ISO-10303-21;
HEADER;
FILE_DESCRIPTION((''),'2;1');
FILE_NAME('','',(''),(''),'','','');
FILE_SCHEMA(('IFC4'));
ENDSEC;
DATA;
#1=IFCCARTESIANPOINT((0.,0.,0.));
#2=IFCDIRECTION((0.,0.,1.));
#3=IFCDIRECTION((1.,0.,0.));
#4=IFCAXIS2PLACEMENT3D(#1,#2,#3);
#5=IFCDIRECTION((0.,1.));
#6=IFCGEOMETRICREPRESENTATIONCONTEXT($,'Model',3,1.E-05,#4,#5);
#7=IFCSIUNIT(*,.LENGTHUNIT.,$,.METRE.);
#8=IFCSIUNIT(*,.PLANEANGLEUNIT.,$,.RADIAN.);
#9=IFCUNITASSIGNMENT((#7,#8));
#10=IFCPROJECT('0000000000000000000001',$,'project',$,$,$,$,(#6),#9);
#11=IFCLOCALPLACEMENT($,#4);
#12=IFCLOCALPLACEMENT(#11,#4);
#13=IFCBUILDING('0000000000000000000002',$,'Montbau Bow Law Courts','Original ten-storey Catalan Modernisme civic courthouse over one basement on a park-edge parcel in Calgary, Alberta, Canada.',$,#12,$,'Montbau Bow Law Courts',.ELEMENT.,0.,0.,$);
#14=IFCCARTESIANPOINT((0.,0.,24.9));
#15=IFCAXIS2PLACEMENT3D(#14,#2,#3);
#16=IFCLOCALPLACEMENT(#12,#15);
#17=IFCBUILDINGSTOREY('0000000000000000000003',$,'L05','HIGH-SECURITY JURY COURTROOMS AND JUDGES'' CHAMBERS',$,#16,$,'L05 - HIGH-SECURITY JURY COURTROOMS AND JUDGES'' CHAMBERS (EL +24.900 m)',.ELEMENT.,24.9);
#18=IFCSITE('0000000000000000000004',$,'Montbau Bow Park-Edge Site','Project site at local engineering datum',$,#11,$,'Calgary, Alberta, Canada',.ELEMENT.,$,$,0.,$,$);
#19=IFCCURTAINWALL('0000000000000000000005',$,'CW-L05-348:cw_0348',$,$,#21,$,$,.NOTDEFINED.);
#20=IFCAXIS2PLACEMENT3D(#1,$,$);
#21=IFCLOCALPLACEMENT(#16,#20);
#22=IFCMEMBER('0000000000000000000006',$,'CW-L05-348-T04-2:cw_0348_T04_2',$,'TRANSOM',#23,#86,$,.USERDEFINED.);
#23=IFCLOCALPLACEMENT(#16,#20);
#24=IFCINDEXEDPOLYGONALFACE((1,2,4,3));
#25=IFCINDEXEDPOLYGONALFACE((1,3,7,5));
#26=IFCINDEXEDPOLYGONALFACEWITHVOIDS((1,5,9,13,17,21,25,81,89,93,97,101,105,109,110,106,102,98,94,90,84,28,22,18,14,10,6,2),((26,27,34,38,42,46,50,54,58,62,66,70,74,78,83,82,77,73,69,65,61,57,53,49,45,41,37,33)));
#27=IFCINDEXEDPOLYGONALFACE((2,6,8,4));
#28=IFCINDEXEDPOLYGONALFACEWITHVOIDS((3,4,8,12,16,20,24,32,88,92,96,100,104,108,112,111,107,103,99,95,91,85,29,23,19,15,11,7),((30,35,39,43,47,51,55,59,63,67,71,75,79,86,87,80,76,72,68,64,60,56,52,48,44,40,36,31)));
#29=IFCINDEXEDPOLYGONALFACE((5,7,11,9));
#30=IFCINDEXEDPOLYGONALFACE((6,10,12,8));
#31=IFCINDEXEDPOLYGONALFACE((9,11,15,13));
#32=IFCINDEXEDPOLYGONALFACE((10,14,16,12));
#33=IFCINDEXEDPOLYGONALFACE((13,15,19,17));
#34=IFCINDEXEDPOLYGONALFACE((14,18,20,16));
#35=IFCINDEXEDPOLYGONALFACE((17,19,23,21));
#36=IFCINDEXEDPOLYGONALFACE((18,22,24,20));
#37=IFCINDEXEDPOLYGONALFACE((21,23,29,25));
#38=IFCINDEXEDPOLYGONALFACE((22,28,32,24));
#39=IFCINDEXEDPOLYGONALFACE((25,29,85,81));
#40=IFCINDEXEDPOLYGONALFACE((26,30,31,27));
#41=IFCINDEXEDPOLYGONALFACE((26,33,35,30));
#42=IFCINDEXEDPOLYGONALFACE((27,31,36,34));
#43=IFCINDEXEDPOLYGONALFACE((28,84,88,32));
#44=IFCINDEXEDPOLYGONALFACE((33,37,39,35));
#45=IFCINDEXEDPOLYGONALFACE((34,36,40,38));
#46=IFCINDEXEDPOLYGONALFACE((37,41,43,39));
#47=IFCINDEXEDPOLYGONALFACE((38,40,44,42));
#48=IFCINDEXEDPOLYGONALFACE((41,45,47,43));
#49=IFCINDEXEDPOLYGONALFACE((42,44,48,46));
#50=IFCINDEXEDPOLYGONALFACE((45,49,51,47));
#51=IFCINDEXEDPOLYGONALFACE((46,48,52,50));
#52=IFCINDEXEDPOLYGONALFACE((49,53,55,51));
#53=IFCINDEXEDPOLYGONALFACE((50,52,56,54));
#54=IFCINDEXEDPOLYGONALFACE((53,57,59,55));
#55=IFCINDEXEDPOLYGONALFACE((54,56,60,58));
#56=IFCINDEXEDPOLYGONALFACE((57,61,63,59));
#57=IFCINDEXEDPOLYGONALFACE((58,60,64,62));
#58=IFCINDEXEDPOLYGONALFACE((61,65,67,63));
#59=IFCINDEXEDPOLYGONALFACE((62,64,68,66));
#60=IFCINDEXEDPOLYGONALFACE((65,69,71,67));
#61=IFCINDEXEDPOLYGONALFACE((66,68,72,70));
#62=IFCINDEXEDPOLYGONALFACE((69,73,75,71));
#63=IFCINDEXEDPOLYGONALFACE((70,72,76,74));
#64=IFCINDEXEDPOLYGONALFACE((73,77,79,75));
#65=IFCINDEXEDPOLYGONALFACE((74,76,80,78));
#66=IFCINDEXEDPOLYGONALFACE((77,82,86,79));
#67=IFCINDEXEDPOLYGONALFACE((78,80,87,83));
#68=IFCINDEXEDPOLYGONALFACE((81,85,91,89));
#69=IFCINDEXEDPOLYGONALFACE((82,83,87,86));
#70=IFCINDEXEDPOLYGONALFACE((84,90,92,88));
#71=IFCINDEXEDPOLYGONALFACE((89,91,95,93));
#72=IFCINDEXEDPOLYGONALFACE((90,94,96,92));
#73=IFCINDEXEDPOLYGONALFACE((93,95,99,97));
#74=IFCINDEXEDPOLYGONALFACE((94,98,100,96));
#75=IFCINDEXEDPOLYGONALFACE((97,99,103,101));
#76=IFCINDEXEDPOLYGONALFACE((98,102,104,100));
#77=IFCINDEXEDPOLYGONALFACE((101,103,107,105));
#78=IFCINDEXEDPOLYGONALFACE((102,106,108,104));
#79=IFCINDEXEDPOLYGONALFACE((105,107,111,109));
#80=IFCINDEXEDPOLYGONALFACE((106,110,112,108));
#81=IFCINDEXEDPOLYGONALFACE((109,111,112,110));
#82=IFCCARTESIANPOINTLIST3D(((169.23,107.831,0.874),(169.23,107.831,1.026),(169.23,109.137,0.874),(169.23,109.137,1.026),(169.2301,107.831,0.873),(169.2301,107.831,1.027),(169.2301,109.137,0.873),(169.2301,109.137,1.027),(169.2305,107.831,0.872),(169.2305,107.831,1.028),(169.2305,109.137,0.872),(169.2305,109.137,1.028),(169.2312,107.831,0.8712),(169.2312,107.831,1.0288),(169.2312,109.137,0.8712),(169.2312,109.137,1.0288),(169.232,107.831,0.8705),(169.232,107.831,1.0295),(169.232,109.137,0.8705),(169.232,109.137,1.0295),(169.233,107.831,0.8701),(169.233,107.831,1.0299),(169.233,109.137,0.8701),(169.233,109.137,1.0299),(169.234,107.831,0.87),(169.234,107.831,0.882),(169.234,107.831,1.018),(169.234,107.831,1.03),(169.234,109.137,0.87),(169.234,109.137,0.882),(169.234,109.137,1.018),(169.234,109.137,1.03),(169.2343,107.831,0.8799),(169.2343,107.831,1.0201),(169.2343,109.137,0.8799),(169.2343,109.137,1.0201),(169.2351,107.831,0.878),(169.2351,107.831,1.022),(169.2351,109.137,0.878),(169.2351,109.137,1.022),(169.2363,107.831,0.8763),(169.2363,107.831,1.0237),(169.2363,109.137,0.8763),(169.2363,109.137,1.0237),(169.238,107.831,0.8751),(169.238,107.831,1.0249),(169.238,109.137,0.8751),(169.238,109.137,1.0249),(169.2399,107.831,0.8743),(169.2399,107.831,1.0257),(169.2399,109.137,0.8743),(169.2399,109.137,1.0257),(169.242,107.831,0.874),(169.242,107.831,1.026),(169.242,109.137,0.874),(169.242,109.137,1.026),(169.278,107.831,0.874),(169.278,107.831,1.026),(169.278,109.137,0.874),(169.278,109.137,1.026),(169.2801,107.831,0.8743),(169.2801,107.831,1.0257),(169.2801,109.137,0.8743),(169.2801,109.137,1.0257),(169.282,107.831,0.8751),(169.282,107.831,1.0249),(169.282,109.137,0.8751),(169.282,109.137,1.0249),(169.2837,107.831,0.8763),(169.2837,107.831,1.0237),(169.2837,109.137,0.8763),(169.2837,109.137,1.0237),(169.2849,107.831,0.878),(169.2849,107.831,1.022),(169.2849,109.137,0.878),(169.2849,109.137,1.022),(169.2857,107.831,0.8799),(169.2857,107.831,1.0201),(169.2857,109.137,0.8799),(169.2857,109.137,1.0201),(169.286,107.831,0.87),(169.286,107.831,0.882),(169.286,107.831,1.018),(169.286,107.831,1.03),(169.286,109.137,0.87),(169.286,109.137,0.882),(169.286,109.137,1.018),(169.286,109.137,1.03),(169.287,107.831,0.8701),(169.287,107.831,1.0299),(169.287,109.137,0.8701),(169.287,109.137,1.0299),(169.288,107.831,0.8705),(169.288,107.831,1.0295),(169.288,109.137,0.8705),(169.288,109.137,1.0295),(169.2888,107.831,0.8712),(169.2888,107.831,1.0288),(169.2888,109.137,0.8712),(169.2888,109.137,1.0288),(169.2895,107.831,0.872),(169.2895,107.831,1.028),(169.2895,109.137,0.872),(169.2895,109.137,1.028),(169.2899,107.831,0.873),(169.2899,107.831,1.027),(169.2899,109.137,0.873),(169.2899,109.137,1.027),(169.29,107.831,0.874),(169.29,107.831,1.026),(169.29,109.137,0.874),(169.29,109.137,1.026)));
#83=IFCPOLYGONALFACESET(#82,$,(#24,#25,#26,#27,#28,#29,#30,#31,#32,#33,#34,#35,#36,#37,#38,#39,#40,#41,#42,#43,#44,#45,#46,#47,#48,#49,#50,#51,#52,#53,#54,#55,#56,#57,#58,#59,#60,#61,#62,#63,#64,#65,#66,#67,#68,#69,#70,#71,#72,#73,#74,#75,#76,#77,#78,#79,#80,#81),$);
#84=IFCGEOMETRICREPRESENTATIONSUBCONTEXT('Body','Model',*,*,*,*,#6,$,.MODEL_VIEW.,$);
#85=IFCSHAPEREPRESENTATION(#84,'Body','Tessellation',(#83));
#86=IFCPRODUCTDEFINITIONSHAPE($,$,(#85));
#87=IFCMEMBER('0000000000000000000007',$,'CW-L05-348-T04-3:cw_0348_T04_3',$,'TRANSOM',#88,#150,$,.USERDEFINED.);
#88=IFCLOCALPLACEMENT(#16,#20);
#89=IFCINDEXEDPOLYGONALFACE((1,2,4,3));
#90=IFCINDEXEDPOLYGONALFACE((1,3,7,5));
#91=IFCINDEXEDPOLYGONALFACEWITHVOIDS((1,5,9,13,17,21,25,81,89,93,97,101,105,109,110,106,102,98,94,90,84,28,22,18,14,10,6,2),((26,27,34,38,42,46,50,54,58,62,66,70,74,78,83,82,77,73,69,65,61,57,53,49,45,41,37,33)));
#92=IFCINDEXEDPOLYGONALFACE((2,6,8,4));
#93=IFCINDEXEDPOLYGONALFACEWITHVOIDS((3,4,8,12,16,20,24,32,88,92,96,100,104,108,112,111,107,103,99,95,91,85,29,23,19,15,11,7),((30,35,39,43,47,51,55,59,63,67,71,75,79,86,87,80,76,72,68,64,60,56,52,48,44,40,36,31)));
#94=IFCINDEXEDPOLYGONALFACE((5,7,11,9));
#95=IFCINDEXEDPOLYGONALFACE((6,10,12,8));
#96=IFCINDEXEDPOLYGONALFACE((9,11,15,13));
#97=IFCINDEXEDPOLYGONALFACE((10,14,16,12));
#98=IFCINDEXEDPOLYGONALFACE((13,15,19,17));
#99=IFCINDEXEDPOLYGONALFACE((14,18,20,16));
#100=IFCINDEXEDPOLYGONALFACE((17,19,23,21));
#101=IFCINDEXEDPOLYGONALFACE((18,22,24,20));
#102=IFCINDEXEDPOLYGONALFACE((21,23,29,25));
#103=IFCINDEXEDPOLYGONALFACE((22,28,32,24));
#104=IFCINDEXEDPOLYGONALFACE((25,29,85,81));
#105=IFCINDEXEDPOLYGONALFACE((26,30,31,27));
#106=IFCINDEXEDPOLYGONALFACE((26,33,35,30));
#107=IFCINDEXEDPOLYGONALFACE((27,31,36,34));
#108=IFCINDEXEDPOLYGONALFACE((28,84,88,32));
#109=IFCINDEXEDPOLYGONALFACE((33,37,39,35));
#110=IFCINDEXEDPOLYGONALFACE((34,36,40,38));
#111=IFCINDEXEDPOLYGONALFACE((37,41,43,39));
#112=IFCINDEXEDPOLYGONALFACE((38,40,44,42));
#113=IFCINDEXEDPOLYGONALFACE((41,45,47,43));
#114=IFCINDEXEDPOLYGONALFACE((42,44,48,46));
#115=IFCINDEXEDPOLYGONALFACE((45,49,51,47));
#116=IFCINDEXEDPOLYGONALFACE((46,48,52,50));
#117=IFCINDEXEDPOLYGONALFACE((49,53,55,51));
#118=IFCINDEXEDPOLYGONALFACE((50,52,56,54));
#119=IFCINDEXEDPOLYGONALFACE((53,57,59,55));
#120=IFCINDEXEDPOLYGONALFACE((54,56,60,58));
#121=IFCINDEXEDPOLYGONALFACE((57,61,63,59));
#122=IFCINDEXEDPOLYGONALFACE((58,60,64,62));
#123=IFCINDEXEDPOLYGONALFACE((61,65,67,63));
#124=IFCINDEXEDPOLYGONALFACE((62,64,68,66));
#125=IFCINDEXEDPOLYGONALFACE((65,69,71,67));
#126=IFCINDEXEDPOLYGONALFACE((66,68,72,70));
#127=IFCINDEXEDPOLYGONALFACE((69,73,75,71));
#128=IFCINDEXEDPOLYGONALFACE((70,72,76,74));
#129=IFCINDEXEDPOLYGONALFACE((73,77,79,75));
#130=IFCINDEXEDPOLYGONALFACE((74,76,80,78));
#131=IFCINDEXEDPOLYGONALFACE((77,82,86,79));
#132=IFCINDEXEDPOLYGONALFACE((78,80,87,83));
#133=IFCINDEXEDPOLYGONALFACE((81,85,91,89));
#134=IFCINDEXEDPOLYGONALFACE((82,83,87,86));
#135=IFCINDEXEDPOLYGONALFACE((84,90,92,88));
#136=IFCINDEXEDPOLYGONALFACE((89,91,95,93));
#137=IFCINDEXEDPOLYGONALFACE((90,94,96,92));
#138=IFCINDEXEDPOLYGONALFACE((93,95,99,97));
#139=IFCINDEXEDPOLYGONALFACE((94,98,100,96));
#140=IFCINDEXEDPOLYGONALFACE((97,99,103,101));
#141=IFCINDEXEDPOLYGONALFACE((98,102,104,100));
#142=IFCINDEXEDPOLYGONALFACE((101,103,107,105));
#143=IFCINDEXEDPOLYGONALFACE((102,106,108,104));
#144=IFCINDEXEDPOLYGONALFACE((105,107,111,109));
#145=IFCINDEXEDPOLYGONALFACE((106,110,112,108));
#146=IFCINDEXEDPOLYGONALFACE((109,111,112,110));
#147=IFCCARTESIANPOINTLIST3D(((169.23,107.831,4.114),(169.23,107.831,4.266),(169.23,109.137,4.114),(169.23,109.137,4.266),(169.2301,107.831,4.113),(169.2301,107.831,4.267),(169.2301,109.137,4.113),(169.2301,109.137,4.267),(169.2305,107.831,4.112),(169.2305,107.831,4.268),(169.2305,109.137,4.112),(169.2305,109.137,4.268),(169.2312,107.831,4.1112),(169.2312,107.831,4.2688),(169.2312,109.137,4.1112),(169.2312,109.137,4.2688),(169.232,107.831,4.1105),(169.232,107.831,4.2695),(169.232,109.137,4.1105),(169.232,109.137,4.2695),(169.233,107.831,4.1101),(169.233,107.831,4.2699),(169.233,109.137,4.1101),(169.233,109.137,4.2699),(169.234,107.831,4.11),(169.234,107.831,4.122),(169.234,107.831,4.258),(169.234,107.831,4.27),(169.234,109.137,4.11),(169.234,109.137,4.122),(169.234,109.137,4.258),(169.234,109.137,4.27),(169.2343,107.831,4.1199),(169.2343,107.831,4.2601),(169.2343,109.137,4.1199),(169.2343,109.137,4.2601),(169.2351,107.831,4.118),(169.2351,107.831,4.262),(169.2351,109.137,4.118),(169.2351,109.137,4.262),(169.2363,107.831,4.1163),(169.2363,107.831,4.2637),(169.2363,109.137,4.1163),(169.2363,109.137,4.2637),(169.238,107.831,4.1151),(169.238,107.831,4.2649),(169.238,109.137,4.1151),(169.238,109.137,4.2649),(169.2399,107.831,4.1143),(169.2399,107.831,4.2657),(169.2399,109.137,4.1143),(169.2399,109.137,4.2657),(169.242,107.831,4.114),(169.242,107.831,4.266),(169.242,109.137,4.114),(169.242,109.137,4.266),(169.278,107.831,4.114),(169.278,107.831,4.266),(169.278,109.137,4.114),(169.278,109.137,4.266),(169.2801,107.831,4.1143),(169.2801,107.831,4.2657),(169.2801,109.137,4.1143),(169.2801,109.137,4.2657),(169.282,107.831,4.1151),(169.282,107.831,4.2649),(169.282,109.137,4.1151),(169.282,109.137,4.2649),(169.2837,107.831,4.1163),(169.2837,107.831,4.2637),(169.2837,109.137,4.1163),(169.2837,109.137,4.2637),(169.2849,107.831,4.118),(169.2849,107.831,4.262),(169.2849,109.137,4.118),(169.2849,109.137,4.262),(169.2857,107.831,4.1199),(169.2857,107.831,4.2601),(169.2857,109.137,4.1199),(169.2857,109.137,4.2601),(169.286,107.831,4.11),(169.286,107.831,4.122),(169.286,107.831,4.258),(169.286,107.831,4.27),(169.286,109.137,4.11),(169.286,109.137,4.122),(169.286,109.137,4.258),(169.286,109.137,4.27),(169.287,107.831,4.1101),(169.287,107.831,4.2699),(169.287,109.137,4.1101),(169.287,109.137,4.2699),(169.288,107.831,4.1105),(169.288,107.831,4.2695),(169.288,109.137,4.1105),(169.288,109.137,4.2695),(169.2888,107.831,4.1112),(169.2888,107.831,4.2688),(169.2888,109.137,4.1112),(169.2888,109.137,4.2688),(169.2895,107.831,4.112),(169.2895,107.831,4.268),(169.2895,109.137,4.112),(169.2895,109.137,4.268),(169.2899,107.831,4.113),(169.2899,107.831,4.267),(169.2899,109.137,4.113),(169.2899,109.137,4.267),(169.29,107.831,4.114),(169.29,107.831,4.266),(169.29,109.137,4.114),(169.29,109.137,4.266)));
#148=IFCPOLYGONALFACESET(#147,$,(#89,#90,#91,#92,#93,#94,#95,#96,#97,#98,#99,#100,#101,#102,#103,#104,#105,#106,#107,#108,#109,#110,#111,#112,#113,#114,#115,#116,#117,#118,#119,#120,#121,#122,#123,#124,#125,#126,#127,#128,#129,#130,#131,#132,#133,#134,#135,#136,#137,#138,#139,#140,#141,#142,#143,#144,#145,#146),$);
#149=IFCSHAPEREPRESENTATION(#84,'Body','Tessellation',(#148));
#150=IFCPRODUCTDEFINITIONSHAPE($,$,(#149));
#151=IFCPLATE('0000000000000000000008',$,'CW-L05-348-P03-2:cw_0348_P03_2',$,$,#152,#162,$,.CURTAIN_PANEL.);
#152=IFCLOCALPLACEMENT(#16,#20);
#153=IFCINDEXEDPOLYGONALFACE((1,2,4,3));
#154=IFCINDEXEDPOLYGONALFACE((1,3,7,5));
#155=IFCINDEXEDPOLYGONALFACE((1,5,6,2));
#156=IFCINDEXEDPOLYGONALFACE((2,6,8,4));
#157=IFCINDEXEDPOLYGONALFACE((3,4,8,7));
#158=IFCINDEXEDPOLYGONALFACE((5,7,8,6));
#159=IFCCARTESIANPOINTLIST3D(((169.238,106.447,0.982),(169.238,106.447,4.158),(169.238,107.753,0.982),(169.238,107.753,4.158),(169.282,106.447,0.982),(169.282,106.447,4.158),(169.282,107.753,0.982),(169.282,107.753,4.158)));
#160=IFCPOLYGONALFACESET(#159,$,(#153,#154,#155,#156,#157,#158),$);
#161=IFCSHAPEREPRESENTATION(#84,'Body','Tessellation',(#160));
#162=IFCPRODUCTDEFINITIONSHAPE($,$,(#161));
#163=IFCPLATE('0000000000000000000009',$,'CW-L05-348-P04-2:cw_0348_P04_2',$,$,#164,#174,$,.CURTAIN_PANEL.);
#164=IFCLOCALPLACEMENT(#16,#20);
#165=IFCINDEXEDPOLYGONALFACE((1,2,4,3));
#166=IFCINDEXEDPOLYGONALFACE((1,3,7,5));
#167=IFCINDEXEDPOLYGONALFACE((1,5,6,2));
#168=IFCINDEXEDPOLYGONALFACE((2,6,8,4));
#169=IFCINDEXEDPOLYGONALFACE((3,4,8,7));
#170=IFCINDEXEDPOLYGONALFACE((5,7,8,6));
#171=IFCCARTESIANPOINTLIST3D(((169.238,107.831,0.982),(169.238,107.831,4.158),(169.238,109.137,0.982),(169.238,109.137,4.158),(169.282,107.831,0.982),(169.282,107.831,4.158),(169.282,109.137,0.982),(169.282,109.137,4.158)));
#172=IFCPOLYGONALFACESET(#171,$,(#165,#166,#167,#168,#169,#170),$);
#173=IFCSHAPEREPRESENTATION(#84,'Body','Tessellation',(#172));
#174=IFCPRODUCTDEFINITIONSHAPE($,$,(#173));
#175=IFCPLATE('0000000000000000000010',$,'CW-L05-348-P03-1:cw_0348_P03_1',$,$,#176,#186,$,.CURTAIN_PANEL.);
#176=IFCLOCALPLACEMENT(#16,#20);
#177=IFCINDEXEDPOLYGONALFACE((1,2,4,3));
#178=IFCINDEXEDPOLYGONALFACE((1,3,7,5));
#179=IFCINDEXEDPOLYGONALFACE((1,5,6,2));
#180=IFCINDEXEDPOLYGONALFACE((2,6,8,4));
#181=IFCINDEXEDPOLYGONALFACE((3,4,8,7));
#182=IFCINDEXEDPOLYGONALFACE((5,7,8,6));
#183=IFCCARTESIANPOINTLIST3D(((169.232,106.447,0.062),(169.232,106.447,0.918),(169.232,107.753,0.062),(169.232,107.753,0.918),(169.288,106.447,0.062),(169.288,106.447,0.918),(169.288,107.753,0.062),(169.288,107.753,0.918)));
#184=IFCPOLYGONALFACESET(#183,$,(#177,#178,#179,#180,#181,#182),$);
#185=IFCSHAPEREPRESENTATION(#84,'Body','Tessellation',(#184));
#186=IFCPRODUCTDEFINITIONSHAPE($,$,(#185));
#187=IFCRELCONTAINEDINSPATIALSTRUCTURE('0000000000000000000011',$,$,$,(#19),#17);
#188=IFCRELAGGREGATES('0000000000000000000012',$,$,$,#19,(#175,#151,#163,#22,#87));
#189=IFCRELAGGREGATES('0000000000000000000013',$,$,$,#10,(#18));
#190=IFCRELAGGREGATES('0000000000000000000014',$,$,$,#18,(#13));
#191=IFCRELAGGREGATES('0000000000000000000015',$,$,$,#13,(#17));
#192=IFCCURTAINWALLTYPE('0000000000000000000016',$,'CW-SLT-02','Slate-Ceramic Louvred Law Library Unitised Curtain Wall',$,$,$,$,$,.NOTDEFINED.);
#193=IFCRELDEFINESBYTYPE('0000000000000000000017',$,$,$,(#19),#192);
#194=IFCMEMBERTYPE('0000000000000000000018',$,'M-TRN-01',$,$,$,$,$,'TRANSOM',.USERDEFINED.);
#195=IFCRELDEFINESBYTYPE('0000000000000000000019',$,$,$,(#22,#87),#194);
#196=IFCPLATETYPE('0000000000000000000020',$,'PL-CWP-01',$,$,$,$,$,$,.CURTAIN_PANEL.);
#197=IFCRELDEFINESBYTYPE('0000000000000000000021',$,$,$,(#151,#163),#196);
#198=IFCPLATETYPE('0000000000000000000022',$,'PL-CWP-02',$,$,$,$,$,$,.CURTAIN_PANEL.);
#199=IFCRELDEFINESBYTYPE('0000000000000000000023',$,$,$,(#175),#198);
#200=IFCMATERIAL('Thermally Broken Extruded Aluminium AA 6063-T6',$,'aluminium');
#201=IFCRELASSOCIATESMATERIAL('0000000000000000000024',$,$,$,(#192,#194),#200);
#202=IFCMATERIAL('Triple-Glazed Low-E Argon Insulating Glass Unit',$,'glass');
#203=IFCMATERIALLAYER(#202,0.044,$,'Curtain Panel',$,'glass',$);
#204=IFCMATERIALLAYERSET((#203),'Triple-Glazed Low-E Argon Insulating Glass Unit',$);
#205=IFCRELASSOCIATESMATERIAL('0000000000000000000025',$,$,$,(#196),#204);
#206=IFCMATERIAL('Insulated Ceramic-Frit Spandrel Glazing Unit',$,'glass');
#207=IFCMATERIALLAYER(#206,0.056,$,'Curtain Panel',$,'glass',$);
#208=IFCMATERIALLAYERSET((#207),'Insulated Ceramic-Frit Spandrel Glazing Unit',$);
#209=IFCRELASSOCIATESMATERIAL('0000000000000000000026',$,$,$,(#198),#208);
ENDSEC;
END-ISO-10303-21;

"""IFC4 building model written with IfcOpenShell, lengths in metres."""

from ifc_helpers import new_model, si_unit, direction, frame, frame_2d, origin_with_axes, origin_2d_with_axis, place, context, subcontext, project, spatial, rectangle, hollow_rectangle, extrude, material, layer, layer_set, material_profile, profile_set, type_object, element, aggregate, save


model = new_model("IFC4")

# Units and contexts
model_context = context("Model", 3, precision=1e-05, world=origin_with_axes(), true_north=direction((0.0, 1.0)))
body_context = subcontext(model_context, "Body", "Model", "MODEL_VIEW")
ifc_project = project(units=[si_unit("LENGTHUNIT", "METRE"), si_unit("PLANEANGLEUNIT", "RADIAN")], contexts=[model_context])

# Site, building, storey
site_placement = place(None, origin_with_axes())
site = spatial("IfcSite", under=ifc_project, at=site_placement, Name="Montbau Bow Park-Edge Site", Description="Project site at local engineering datum", LongName="Calgary, Alberta, Canada", CompositionType="ELEMENT", RefElevation=0.0)
building_placement = place(site_placement, origin_with_axes())
building = spatial("IfcBuilding", under=site, at=building_placement, Name="Montbau Bow Law Courts", Description="Original ten-storey Catalan Modernisme civic courthouse over one basement on a park-edge parcel in Calgary, Alberta, Canada.", LongName="Montbau Bow Law Courts", CompositionType="ELEMENT", ElevationOfRefHeight=0.0, ElevationOfTerrain=0.0)
storey_placement = place(building_placement, frame((0.0, 0.0, 24.9), z_axis=(0.0, 0.0, 1.0), x_axis=(1.0, 0.0, 0.0)))
storey = spatial("IfcBuildingStorey", under=building, at=storey_placement, Name="L05", Description="HIGH-SECURITY JURY COURTROOMS AND JUDGES' CHAMBERS", LongName="L05 - HIGH-SECURITY JURY COURTROOMS AND JUDGES' CHAMBERS (EL +24.900 m)", CompositionType="ELEMENT", Elevation=24.9)

# Curtain wall
ifc_material_1 = material(Name="Thermally Broken Extruded Aluminium AA 6063-T6", Category="aluminium")
curtain_wall_type = type_object("IfcCurtainWallType", Name="CW-SLT-02", Description="Slate-Ceramic Louvred Law Library Unitised Curtain Wall", PredefinedType="NOTDEFINED", material=ifc_material_1)
curtain_wall_placement = place(None, frame((169.26, 103.64, 24.9), z_axis=(0.0, 0.0, 1.0), x_axis=(1.0, 0.0, 0.0)))
curtain_wall = element("IfcCurtainWall", 1, at=curtain_wall_placement, inside=storey, type_object=curtain_wall_type, Name="CW-L05-348:cw_0348", PredefinedType="NOTDEFINED")

# Members
ifc_material_profile_1 = material_profile(ifc_material_1, hollow_rectangle(XDim=0.06, YDim=0.16, WallThickness=0.004, InnerFilletRadius=0.008, OuterFilletRadius=0.004, at=origin_2d_with_axis()), Name="CWT-160X60", Category="Main", Priority=0)
ifc_profile_set_1 = profile_set([ifc_material_profile_1], Name="Thermally Broken Extruded Aluminium AA 6063-T6")
member_type_1 = type_object("IfcMemberType", Name="M-TRN-01", ElementType="TRANSOM", PredefinedType="USERDEFINED", material=ifc_profile_set_1)
member_1_placement = place(None, frame((169.26, 107.831, 25.85), z_axis=(0.0, 1.0, 0.0), x_axis=(-1.0, 0.0, 0.0)))
member_1 = element("IfcMember", 2, at=member_1_placement, type_object=member_type_1, Name="CW-L05-348-T04-2:cw_0348_T04_2", ObjectType="TRANSOM", PredefinedType="USERDEFINED", context=body_context, shape_type="SweptSolid", body=[
    extrude(hollow_rectangle(XDim=0.06, YDim=0.16, WallThickness=0.004, InnerFilletRadius=0.008, OuterFilletRadius=0.004, at=origin_2d_with_axis()), origin_with_axes(), (0.0, 0.0, 1.0), 1.306),
])
member_2_placement = place(None, frame((169.26, 107.831, 29.09), z_axis=(0.0, 1.0, 0.0), x_axis=(-1.0, 0.0, 0.0)))
member_2 = element("IfcMember", 3, at=member_2_placement, type_object=member_type_1, Name="CW-L05-348-T04-3:cw_0348_T04_3", ObjectType="TRANSOM", PredefinedType="USERDEFINED", context=body_context, shape_type="SweptSolid", body=[
    extrude(hollow_rectangle(XDim=0.06, YDim=0.16, WallThickness=0.004, InnerFilletRadius=0.008, OuterFilletRadius=0.004, at=origin_2d_with_axis()), origin_with_axes(), (0.0, 0.0, 1.0), 1.306),
])

# Plates
ifc_material_2 = material(Name="Triple-Glazed Low-E Argon Insulating Glass Unit", Category="glass")
ifc_layer_1 = layer(ifc_material_2, 0.044, Name="Curtain Panel", Category="glass")
ifc_layer_set_1 = layer_set([ifc_layer_1], Name="Triple-Glazed Low-E Argon Insulating Glass Unit")
plate_type_1 = type_object("IfcPlateType", Name="PL-CWP-01", PredefinedType="CURTAIN_PANEL", material=ifc_layer_set_1)
plate_1_placement = place(None, frame((169.26, 106.447, 25.882), z_axis=(1.0, 0.0, 0.0), x_axis=(0.0, 1.0, 0.0)))
plate_1 = element("IfcPlate", 4, at=plate_1_placement, type_object=plate_type_1, Name="CW-L05-348-P03-2:cw_0348_P03_2", PredefinedType="CURTAIN_PANEL", context=body_context, shape_type="SweptSolid", body=[
    extrude(rectangle(XDim=1.306, YDim=3.176, at=frame_2d((0.653, 1.588), x_axis=(1.0, 0.0))), frame((0.0, 0.0, -0.022), z_axis=(0.0, 0.0, 1.0), x_axis=(1.0, 0.0, 0.0)), (0.0, 0.0, 1.0), 0.044),
])
plate_2_placement = place(None, frame((169.26, 107.831, 25.882), z_axis=(1.0, 0.0, 0.0), x_axis=(0.0, 1.0, 0.0)))
plate_2 = element("IfcPlate", 5, at=plate_2_placement, type_object=plate_type_1, Name="CW-L05-348-P04-2:cw_0348_P04_2", PredefinedType="CURTAIN_PANEL", context=body_context, shape_type="SweptSolid", body=[
    extrude(rectangle(XDim=1.306, YDim=3.176, at=frame_2d((0.653, 1.588), x_axis=(1.0, 0.0))), frame((0.0, 0.0, -0.022), z_axis=(0.0, 0.0, 1.0), x_axis=(1.0, 0.0, 0.0)), (0.0, 0.0, 1.0), 0.044),
])
ifc_material_3 = material(Name="Insulated Ceramic-Frit Spandrel Glazing Unit", Category="glass")
ifc_layer_2 = layer(ifc_material_3, 0.056, Name="Curtain Panel", Category="glass")
ifc_layer_set_2 = layer_set([ifc_layer_2], Name="Insulated Ceramic-Frit Spandrel Glazing Unit")
plate_type_2 = type_object("IfcPlateType", Name="PL-CWP-02", PredefinedType="CURTAIN_PANEL", material=ifc_layer_set_2)
plate_3_placement = place(None, frame((169.26, 106.447, 24.962), z_axis=(1.0, 0.0, 0.0), x_axis=(0.0, 1.0, 0.0)))
plate_3 = element("IfcPlate", 6, at=plate_3_placement, type_object=plate_type_2, Name="CW-L05-348-P03-1:cw_0348_P03_1", PredefinedType="CURTAIN_PANEL", context=body_context, shape_type="SweptSolid", body=[
    extrude(rectangle(XDim=1.306, YDim=0.856, at=frame_2d((0.653, 0.428), x_axis=(1.0, 0.0))), frame((0.0, 0.0, -0.028), z_axis=(0.0, 0.0, 1.0), x_axis=(1.0, 0.0, 0.0)), (0.0, 0.0, 1.0), 0.056),
])
aggregate(curtain_wall, [plate_3, plate_1, plate_2, member_1, member_2])

save(model, "model.ifc")
